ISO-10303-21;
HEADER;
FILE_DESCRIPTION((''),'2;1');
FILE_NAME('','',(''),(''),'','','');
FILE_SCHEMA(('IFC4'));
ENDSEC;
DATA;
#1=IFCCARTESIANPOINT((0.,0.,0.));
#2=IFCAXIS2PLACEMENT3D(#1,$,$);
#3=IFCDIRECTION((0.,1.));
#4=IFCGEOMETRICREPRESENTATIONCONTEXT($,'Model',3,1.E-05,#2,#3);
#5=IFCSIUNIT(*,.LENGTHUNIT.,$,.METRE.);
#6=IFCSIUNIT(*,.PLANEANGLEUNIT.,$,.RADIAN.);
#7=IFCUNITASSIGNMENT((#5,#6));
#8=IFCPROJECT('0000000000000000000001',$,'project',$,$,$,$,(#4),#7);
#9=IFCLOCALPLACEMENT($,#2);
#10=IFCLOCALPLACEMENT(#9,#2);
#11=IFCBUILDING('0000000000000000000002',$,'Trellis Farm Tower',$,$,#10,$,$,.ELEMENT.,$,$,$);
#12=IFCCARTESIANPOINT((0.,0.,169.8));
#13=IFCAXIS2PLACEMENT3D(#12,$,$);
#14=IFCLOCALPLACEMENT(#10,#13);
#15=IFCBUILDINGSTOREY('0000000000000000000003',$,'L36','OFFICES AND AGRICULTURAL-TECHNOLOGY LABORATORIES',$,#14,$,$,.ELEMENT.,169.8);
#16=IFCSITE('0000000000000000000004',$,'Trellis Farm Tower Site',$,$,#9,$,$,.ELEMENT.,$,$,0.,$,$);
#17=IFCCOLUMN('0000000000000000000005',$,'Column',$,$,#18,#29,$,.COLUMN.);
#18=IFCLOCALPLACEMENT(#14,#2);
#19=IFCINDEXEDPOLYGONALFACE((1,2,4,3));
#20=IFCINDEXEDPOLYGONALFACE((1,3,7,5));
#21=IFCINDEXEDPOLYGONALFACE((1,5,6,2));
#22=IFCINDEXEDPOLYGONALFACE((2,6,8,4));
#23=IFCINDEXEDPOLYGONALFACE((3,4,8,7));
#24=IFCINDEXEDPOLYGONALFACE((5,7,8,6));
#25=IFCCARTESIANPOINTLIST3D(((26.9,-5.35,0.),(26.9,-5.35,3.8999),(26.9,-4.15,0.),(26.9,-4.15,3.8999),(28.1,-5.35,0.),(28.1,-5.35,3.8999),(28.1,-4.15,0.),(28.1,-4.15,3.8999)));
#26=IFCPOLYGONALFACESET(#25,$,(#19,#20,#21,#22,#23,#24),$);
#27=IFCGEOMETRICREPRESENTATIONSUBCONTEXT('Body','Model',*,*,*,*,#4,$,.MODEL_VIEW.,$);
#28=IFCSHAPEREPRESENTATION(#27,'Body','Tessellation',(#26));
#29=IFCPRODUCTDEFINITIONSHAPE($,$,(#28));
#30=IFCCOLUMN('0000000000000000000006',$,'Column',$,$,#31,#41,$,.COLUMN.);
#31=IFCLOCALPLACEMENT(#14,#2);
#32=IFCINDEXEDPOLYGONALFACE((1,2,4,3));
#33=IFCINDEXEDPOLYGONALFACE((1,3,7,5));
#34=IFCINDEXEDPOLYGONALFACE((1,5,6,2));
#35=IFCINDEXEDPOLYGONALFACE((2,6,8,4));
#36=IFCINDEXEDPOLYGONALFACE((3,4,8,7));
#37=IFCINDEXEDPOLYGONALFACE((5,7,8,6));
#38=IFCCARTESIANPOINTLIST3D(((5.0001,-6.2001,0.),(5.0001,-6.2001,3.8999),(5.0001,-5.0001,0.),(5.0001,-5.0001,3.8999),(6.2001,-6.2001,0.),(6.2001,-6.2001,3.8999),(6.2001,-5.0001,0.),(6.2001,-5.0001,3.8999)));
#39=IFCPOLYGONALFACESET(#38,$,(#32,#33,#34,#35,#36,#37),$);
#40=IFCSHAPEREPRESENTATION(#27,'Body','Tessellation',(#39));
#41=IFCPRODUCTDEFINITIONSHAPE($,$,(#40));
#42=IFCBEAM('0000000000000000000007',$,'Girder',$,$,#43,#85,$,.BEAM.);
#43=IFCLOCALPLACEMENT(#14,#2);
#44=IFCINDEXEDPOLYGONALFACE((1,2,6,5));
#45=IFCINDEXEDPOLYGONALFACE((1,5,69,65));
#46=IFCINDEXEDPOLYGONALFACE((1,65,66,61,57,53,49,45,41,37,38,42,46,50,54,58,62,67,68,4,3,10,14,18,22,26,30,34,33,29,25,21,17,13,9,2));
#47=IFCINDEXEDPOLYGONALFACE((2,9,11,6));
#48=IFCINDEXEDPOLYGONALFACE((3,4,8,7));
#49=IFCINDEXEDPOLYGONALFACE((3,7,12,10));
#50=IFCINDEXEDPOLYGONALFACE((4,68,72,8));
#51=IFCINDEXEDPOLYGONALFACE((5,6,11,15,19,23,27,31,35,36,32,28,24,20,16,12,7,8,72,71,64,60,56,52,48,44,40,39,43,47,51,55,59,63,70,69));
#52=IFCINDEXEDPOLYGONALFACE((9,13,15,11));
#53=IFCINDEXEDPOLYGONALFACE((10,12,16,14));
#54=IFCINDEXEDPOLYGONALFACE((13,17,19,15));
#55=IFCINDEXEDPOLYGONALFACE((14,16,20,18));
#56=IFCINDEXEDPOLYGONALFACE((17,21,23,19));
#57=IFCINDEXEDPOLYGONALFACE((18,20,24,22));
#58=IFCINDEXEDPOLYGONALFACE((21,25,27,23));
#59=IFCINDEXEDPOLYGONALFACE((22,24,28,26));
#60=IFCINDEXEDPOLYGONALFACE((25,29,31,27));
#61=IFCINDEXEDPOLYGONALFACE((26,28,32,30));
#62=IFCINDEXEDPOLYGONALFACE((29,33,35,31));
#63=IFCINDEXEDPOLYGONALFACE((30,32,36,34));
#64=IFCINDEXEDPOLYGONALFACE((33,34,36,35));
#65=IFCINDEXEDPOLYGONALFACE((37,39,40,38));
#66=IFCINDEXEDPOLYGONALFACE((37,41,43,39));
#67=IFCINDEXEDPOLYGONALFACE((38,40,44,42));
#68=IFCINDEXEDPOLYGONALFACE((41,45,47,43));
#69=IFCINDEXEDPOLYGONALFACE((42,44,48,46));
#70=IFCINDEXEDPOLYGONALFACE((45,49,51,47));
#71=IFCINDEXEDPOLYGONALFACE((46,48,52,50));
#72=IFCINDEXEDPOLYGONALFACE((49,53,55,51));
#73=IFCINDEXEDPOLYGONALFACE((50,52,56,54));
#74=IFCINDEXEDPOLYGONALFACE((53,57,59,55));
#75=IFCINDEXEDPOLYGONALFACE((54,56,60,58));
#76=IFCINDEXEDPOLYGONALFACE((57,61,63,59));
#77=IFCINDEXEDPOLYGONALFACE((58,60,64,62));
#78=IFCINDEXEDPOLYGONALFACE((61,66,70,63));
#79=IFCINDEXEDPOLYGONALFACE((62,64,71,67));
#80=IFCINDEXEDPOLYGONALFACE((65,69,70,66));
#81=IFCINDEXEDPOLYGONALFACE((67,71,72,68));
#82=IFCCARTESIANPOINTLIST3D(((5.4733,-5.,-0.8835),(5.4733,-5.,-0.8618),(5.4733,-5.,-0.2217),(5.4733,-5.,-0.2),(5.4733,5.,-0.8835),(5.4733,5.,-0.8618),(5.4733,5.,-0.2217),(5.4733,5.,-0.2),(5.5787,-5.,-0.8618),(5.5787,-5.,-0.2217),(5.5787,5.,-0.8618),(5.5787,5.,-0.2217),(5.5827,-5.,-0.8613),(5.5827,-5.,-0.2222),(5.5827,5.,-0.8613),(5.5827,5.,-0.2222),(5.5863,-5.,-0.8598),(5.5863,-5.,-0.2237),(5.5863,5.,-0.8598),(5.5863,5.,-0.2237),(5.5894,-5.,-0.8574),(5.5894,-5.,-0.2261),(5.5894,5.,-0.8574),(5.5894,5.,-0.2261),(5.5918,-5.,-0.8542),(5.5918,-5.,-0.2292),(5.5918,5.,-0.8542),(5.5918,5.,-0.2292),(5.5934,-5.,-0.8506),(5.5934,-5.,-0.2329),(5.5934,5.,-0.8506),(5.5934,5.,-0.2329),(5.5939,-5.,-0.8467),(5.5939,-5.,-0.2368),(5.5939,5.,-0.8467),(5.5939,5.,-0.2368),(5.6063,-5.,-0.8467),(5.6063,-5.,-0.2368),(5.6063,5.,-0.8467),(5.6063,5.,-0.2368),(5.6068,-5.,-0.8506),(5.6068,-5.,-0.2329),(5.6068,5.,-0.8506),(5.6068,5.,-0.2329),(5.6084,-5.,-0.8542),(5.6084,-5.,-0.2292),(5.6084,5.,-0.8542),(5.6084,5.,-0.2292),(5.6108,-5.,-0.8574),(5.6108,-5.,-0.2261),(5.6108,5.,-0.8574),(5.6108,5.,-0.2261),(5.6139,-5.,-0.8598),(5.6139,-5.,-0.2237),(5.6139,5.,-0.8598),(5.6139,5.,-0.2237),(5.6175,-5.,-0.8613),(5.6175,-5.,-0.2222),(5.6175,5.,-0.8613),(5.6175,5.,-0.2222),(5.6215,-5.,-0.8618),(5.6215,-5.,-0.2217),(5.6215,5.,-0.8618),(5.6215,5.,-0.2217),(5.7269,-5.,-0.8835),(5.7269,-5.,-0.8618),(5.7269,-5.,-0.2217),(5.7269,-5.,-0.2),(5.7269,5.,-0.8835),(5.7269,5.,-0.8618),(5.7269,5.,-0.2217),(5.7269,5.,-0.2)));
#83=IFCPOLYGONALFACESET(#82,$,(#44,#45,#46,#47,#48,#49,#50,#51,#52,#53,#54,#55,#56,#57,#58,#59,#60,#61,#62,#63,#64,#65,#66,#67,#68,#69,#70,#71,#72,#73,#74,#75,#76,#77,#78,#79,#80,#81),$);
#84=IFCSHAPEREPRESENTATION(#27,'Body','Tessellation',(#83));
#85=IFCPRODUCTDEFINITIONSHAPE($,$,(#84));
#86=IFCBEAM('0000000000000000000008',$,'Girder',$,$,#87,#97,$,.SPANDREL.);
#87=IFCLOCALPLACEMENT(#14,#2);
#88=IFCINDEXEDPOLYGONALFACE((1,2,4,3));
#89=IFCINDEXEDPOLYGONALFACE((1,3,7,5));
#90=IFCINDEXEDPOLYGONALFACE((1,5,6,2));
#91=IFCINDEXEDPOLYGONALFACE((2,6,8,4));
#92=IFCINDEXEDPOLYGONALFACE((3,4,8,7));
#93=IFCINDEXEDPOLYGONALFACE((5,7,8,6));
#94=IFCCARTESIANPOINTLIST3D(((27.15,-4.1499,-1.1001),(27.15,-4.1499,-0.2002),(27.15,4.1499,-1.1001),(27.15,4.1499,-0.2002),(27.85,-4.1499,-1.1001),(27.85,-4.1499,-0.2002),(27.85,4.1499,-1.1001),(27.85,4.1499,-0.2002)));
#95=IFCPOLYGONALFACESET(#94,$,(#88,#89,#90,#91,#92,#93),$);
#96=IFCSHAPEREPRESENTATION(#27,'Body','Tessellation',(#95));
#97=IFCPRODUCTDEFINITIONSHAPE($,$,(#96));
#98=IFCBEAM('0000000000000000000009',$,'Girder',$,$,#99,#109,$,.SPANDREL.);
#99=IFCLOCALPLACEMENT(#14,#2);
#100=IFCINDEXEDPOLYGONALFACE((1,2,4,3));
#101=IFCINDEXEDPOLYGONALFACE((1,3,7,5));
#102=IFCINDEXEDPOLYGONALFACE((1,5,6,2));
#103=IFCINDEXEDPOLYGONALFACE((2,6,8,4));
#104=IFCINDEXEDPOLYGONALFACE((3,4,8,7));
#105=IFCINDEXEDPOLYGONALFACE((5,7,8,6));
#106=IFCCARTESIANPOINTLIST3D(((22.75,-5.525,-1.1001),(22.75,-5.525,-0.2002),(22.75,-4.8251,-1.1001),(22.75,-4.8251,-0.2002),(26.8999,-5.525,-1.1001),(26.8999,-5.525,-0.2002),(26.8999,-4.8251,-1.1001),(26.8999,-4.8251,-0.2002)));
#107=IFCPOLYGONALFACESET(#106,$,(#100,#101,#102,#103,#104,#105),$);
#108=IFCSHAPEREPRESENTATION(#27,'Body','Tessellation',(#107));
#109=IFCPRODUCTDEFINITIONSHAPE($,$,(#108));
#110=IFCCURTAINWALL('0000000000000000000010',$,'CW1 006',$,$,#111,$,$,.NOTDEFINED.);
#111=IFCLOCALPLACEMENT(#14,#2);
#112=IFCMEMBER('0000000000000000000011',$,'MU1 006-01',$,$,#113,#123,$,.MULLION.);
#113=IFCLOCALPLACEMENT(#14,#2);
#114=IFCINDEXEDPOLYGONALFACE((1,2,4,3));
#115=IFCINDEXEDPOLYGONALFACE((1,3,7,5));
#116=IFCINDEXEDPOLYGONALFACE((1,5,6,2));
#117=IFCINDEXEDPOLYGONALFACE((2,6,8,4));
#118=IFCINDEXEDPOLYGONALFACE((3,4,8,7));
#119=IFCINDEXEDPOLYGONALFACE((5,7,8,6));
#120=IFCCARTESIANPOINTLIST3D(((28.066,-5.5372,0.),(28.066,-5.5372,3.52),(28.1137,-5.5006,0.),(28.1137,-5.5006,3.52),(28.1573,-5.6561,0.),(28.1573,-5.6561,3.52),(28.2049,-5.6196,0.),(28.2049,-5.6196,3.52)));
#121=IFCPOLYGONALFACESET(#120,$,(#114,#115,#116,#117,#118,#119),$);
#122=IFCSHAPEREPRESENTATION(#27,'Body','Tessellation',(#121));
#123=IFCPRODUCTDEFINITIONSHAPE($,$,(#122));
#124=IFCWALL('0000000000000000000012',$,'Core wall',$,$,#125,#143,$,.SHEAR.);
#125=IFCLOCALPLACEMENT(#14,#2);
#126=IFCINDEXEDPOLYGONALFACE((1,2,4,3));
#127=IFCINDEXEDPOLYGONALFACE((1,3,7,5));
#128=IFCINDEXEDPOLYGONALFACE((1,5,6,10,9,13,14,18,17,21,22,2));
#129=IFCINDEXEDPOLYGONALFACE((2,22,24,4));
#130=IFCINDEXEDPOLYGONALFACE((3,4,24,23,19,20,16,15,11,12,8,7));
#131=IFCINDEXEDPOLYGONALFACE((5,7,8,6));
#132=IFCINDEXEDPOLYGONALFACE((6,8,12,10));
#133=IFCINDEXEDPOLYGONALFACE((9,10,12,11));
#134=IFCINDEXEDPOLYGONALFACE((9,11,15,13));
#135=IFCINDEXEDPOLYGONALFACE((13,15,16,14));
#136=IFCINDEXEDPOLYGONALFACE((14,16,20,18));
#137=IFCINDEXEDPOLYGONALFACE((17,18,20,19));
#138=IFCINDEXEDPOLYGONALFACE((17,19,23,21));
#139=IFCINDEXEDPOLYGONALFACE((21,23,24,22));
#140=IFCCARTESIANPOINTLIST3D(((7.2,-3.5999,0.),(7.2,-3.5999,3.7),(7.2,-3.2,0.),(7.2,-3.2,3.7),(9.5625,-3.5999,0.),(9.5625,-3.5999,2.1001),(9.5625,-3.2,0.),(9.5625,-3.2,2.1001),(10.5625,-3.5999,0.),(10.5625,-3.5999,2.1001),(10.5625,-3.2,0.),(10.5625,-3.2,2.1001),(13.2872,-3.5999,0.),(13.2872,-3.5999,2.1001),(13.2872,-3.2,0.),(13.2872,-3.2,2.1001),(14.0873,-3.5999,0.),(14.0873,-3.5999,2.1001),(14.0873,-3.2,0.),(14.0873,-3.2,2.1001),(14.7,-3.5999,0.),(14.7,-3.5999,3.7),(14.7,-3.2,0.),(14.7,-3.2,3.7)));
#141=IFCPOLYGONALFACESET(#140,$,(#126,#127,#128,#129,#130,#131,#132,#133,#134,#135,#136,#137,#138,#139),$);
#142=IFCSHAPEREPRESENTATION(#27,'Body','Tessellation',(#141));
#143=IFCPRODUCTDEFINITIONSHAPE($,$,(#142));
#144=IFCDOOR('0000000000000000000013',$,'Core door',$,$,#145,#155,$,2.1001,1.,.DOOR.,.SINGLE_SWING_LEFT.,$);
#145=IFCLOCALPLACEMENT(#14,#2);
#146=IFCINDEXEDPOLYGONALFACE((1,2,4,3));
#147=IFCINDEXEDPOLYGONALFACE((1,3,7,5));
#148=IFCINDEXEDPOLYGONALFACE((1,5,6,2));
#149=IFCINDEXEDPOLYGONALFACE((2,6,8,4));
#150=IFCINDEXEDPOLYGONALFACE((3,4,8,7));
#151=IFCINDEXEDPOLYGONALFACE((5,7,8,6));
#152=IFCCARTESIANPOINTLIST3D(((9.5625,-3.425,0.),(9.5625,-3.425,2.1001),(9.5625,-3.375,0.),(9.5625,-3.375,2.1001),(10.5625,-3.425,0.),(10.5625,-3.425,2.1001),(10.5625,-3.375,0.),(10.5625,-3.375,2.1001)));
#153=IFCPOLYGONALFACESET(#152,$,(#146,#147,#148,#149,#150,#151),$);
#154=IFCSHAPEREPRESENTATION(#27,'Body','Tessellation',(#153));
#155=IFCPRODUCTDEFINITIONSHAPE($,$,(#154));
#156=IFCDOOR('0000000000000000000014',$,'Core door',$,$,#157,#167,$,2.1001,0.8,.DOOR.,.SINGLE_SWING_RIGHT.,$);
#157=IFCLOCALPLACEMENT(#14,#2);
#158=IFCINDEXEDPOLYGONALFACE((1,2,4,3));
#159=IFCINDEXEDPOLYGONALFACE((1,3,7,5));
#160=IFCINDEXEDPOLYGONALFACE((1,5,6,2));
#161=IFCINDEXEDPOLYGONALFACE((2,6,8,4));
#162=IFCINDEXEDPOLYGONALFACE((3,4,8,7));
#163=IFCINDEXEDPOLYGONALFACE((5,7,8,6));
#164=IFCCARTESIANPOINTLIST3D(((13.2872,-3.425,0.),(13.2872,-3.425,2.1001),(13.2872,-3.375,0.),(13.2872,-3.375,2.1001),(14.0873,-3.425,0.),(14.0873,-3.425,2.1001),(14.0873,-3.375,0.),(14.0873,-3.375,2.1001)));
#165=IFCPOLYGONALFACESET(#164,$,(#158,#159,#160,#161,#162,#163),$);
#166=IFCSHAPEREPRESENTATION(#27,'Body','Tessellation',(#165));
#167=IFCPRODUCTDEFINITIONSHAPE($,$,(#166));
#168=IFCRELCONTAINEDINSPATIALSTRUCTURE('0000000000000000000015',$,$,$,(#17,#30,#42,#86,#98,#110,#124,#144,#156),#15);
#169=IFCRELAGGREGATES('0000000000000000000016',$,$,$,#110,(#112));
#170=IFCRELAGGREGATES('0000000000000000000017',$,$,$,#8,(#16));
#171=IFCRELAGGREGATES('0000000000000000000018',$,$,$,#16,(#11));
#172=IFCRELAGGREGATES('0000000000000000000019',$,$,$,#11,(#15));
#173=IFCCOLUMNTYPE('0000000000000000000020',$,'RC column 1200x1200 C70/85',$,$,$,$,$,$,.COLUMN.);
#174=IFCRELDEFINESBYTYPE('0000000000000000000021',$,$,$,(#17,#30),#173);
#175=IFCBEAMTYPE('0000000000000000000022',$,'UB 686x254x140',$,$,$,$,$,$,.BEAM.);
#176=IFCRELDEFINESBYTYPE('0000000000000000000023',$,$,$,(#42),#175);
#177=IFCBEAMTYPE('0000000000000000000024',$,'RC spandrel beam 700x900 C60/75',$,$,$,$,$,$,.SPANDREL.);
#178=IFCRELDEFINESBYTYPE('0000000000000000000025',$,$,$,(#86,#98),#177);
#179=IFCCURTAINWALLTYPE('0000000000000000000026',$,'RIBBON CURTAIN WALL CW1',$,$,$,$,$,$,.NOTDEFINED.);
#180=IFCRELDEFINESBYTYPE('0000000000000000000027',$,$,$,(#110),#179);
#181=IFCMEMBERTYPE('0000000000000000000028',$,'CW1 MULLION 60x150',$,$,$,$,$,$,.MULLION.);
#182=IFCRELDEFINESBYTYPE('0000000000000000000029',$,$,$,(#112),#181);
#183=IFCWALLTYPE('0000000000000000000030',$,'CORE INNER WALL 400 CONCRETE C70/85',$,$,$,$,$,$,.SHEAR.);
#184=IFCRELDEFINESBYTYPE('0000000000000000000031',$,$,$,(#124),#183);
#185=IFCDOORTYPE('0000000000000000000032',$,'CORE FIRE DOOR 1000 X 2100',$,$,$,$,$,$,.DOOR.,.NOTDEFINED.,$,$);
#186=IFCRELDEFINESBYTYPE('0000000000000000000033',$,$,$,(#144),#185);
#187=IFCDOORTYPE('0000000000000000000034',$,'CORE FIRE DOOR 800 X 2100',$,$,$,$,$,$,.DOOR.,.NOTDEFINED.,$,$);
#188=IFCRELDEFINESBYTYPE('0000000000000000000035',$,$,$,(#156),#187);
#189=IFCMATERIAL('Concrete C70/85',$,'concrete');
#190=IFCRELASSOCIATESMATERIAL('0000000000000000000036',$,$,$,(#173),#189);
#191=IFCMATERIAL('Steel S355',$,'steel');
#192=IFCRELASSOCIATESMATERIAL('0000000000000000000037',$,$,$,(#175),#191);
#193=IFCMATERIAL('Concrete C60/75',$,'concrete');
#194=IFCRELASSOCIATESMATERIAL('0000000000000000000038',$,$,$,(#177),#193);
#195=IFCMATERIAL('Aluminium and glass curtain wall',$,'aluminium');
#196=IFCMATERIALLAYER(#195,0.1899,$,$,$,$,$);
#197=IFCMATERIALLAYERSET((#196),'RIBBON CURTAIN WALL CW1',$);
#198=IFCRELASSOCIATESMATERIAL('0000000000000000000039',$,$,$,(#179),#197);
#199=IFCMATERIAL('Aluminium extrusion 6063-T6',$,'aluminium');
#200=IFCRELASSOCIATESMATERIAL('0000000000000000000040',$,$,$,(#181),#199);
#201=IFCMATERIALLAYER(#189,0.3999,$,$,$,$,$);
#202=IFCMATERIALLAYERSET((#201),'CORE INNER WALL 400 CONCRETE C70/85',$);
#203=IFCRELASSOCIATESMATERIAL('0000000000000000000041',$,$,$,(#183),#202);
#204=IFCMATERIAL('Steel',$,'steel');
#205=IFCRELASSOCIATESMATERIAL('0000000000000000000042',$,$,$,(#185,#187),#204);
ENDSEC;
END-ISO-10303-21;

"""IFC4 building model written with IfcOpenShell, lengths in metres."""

from ifc_helpers import new_model, si_unit, direction, frame, frame_2d, origin, origin_2d, place, context, subcontext, project, spatial, rectangle, i_section, extrude, source, transform, mapped, material, layer, layer_set, material_profile, profile_set, type_object, element, fill, aggregate, save


model = new_model("IFC4")

# Units and contexts
model_context = context("Model", 3, precision=1e-05, world=origin(), true_north=direction((0.0, 1.0)))
body_context = subcontext(model_context, "Body", "Model", "MODEL_VIEW")
ifc_project = project(units=[si_unit("LENGTHUNIT", "METRE"), si_unit("PLANEANGLEUNIT", "RADIAN")], contexts=[model_context])

# Site, building, storey
site_placement = place(None, origin())
site = spatial("IfcSite", under=ifc_project, at=site_placement, Name="Trellis Farm Tower Site", CompositionType="ELEMENT", RefElevation=0.0)
building_placement = place(site_placement, origin())
building = spatial("IfcBuilding", under=site, at=building_placement, Name="Trellis Farm Tower", CompositionType="ELEMENT")
storey_placement = place(building_placement, frame((0.0, 0.0, 169.8)))
storey = spatial("IfcBuildingStorey", under=building, at=storey_placement, Name="L36", Description="OFFICES AND AGRICULTURAL-TECHNOLOGY LABORATORIES", CompositionType="ELEMENT", Elevation=169.8)

# Columns
ifc_material_1 = material(Name="Concrete C70/85", Category="concrete")
ifc_material_profile_1 = material_profile(ifc_material_1, rectangle(XDim=1.2, YDim=1.2, at=origin_2d()), Name="RC column 1200x1200 C70/85")
ifc_profile_set_1 = profile_set([ifc_material_profile_1], Name="Concrete C70/85")
column_type = type_object("IfcColumnType", Name="RC column 1200x1200 C70/85", PredefinedType="COLUMN", material=ifc_profile_set_1)
shared_shape_1 = source(origin(), body_context, "Body", "SweptSolid", [
    extrude(rectangle(XDim=1.2, YDim=1.2, at=origin_2d()), origin(), (0.0, 0.0, 1.0), 3.8999),
])
for number, where, z_axis, x_axis, name in (
    (1, (27.5, -4.75, 0.0), (0.0, 0.0, 1.0), (1.0, 0.0, 0.0), "Column"),
    (2, (5.6001, -5.6001, 0.0), (0.0, 0.0, 1.0), (1.0, 0.0, 0.0), "Column"),
):
    element("IfcColumn", number, at=place(storey_placement, frame(where, z_axis=z_axis, x_axis=x_axis)), inside=storey, type_object=column_type, Name=name, PredefinedType="COLUMN", context=body_context, shape_type="MappedRepresentation", body=[
        mapped(shared_shape_1, transform((0.0, 0.0, 0.0))),
    ])

# Beams
ifc_material_2 = material(Name="Steel S355", Category="steel")
ifc_material_profile_2 = material_profile(ifc_material_2, i_section(OverallWidth=0.2537, OverallDepth=0.6836, WebThickness=0.0125, FlangeThickness=0.0217, FilletRadius=0.0151, at=origin_2d()), Name="UB 686x254x140")
ifc_profile_set_2 = profile_set([ifc_material_profile_2], Name="Steel S355")
beam_type_1 = type_object("IfcBeamType", Name="UB 686x254x140", PredefinedType="BEAM", material=ifc_profile_set_2)
shared_shape_2 = source(origin(), body_context, "Body", "SweptSolid", [
    extrude(i_section(OverallWidth=0.2537, OverallDepth=0.6836, WebThickness=0.0125, FlangeThickness=0.0217, FilletRadius=0.0151, at=origin_2d()), origin(), (0.0, 0.0, 1.0), 10.0),
])
beam_1_placement = place(storey_placement, frame((5.6001, -5.0, -0.5417), z_axis=(0.0, 1.0, 0.0), x_axis=(-1.0, 0.0, 0.0)))
element("IfcBeam", 3, at=beam_1_placement, inside=storey, type_object=beam_type_1, Name="Girder", PredefinedType="BEAM", context=body_context, shape_type="MappedRepresentation", body=[
    mapped(shared_shape_2, transform((0.0, 0.0, 0.0))),
])
ifc_material_3 = material(Name="Concrete C60/75", Category="concrete")
ifc_material_profile_3 = material_profile(ifc_material_3, rectangle(XDim=0.7, YDim=0.8999, at=origin_2d()), Name="RC spandrel beam 700x900 C60/75")
ifc_profile_set_3 = profile_set([ifc_material_profile_3], Name="Concrete C60/75")
beam_type_2 = type_object("IfcBeamType", Name="RC spandrel beam 700x900 C60/75", PredefinedType="SPANDREL", material=ifc_profile_set_3)
shared_shape_3 = source(origin(), body_context, "Body", "SweptSolid", [
    extrude(rectangle(XDim=0.7, YDim=0.8999, at=origin_2d()), origin(), (0.0, 0.0, 1.0), 8.2998),
])
beam_2_placement = place(storey_placement, frame((27.5, -4.1499, -0.6501), z_axis=(0.0, 1.0, 0.0), x_axis=(-1.0, 0.0, 0.0)))
element("IfcBeam", 4, at=beam_2_placement, inside=storey, type_object=beam_type_2, Name="Girder", PredefinedType="SPANDREL", context=body_context, shape_type="MappedRepresentation", body=[
    mapped(shared_shape_3, transform((0.0, 0.0, 0.0))),
])
shared_shape_4 = source(origin(), body_context, "Body", "SweptSolid", [
    extrude(rectangle(XDim=0.7, YDim=0.8999, at=origin_2d()), origin(), (0.0, 0.0, 1.0), 4.1499),
])
beam_3_placement = place(storey_placement, frame((22.75, -5.175, -0.6501), z_axis=(1.0, 0.0, 0.0), x_axis=(0.0, 1.0, 0.0)))
element("IfcBeam", 5, at=beam_3_placement, inside=storey, type_object=beam_type_2, Name="Girder", PredefinedType="SPANDREL", context=body_context, shape_type="MappedRepresentation", body=[
    mapped(shared_shape_4, transform((0.0, 0.0, 0.0))),
])

# Curtain wall, member
ifc_material_4 = material(Name="Aluminium and glass curtain wall", Category="aluminium")
ifc_layer_1 = layer(ifc_material_4, 0.1899)
ifc_layer_set_1 = layer_set([ifc_layer_1], Name="RIBBON CURTAIN WALL CW1")
curtain_wall_type = type_object("IfcCurtainWallType", Name="RIBBON CURTAIN WALL CW1", PredefinedType="NOTDEFINED", material=ifc_layer_set_1)
placement = place(storey_placement, origin())
curtain_wall = element("IfcCurtainWall", 6, at=placement, inside=storey, type_object=curtain_wall_type, Name="CW1 006", PredefinedType="NOTDEFINED")
ifc_material_5 = material(Name="Aluminium extrusion 6063-T6", Category="aluminium")
ifc_material_profile_4 = material_profile(ifc_material_5, rectangle(XDim=0.0601, YDim=0.1499, at=origin_2d()), Name="MULLION 60x150")
ifc_profile_set_4 = profile_set([ifc_material_profile_4], Name="Aluminium extrusion 6063-T6")
member_type = type_object("IfcMemberType", Name="CW1 MULLION 60x150", PredefinedType="MULLION", material=ifc_profile_set_4)
shared_shape_5 = source(origin(), body_context, "Body", "SweptSolid", [
    extrude(rectangle(XDim=0.0601, YDim=0.1499, at=origin_2d()), origin(), (0.0, 0.0, 1.0), 3.52),
])
member_placement = place(storey_placement, frame((28.1355, -5.5784, 0.0), z_axis=(0.0, 0.0, 1.0), x_axis=(0.793353, 0.608761, 0.0)))
member = element("IfcMember", 7, at=member_placement, type_object=member_type, Name="MU1 006-01", PredefinedType="MULLION", context=body_context, shape_type="MappedRepresentation", body=[
    mapped(shared_shape_5, transform((0.0, 0.0, 0.0))),
])
aggregate(curtain_wall, [member])

# Wall, openings, doors
ifc_layer_2 = layer(ifc_material_1, 0.3999)
ifc_layer_set_2 = layer_set([ifc_layer_2], Name="CORE INNER WALL 400 CONCRETE C70/85")
wall_type_1 = type_object("IfcWallType", Name="CORE INNER WALL 400 CONCRETE C70/85", PredefinedType="SHEAR", material=ifc_layer_set_2)
shared_shape_6 = source(origin(), body_context, "Body", "SweptSolid", [
    extrude(rectangle(XDim=7.5, YDim=0.3999, at=frame_2d((3.75, 0.0))), origin(), (0.0, 0.0, 1.0), 3.7),
])
wall_1_placement = place(storey_placement, frame((7.2, -3.3999, 0.0), z_axis=(0.0, 0.0, 1.0), x_axis=(1.0, 0.0, 0.0)))
wall_1 = element("IfcWall", 8, at=wall_1_placement, inside=storey, type_object=wall_type_1, Name="Core wall", PredefinedType="SHEAR", context=body_context, shape_type="MappedRepresentation", body=[
    mapped(shared_shape_6, transform((0.0, 0.0, 0.0))),
])
shared_shape_7 = source(origin(), body_context, "Body", "SweptSolid", [
    extrude(rectangle(XDim=1.0, YDim=2.1001, at=frame_2d((0.5, 1.05))), frame((0.0, 0.21, 0.0), z_axis=(0.0, -1.0, 0.0), x_axis=(1.0, 0.0, 0.0)), (0.0, 0.0, 1.0), 0.4199),
])
opening_1_placement = place(wall_1_placement, frame((2.3625, 0.0, 0.0)))
opening_1 = element("IfcOpeningElement", 9, at=opening_1_placement, cuts=wall_1, PredefinedType="OPENING", context=body_context, shape_type="MappedRepresentation", body=[
    mapped(shared_shape_7, transform((0.0, 0.0, 0.0))),
])
shared_shape_8 = source(origin(), body_context, "Body", "SweptSolid", [
    extrude(rectangle(XDim=0.8, YDim=2.1001, at=frame_2d((0.3999, 1.05))), frame((0.0, 0.21, 0.0), z_axis=(0.0, -1.0, 0.0), x_axis=(1.0, 0.0, 0.0)), (0.0, 0.0, 1.0), 0.4199),
])
opening_2_placement = place(wall_1_placement, frame((6.0874, 0.0, 0.0)))
opening_2 = element("IfcOpeningElement", 10, at=opening_2_placement, cuts=wall_1, PredefinedType="OPENING", context=body_context, shape_type="MappedRepresentation", body=[
    mapped(shared_shape_8, transform((0.0, 0.0, 0.0))),
])
ifc_material_6 = material(Name="Steel", Category="steel")
door_type_1 = type_object("IfcDoorType", Name="CORE FIRE DOOR 1000 X 2100", OperationType="NOTDEFINED", PredefinedType="DOOR", material=ifc_material_6)
shared_shape_9 = source(origin(), body_context, "Body", "SweptSolid", [
    extrude(rectangle(XDim=1.0, YDim=2.1001, at=frame_2d((0.5, 1.05))), frame((0.0, 0.0249, 0.0), z_axis=(0.0, -1.0, 0.0), x_axis=(1.0, 0.0, 0.0)), (0.0, 0.0, 1.0), 0.05),
])
door_1_placement = place(opening_1_placement, origin())
door_1 = element("IfcDoor", 11, at=door_1_placement, inside=storey, type_object=door_type_1, Name="Core door", OperationType="SINGLE_SWING_LEFT", OverallHeight=2.1001, OverallWidth=1.0, PredefinedType="DOOR", context=body_context, shape_type="MappedRepresentation", body=[
    mapped(shared_shape_9, transform((0.0, 0.0, 0.0))),
])
fill(opening_1, door_1)
door_type_2 = type_object("IfcDoorType", Name="CORE FIRE DOOR 800 X 2100", OperationType="NOTDEFINED", PredefinedType="DOOR", material=ifc_material_6)
shared_shape_10 = source(origin(), body_context, "Body", "SweptSolid", [
    extrude(rectangle(XDim=0.8, YDim=2.1001, at=frame_2d((0.3999, 1.05))), frame((0.0, 0.0249, 0.0), z_axis=(0.0, -1.0, 0.0), x_axis=(1.0, 0.0, 0.0)), (0.0, 0.0, 1.0), 0.05),
])
door_2_placement = place(opening_2_placement, origin())
door_2 = element("IfcDoor", 12, at=door_2_placement, inside=storey, type_object=door_type_2, Name="Core door", OperationType="SINGLE_SWING_RIGHT", OverallHeight=2.1001, OverallWidth=0.8, PredefinedType="DOOR", context=body_context, shape_type="MappedRepresentation", body=[
    mapped(shared_shape_10, transform((0.0, 0.0, 0.0))),
])
fill(opening_2, door_2)

save(model, "model.ifc")
